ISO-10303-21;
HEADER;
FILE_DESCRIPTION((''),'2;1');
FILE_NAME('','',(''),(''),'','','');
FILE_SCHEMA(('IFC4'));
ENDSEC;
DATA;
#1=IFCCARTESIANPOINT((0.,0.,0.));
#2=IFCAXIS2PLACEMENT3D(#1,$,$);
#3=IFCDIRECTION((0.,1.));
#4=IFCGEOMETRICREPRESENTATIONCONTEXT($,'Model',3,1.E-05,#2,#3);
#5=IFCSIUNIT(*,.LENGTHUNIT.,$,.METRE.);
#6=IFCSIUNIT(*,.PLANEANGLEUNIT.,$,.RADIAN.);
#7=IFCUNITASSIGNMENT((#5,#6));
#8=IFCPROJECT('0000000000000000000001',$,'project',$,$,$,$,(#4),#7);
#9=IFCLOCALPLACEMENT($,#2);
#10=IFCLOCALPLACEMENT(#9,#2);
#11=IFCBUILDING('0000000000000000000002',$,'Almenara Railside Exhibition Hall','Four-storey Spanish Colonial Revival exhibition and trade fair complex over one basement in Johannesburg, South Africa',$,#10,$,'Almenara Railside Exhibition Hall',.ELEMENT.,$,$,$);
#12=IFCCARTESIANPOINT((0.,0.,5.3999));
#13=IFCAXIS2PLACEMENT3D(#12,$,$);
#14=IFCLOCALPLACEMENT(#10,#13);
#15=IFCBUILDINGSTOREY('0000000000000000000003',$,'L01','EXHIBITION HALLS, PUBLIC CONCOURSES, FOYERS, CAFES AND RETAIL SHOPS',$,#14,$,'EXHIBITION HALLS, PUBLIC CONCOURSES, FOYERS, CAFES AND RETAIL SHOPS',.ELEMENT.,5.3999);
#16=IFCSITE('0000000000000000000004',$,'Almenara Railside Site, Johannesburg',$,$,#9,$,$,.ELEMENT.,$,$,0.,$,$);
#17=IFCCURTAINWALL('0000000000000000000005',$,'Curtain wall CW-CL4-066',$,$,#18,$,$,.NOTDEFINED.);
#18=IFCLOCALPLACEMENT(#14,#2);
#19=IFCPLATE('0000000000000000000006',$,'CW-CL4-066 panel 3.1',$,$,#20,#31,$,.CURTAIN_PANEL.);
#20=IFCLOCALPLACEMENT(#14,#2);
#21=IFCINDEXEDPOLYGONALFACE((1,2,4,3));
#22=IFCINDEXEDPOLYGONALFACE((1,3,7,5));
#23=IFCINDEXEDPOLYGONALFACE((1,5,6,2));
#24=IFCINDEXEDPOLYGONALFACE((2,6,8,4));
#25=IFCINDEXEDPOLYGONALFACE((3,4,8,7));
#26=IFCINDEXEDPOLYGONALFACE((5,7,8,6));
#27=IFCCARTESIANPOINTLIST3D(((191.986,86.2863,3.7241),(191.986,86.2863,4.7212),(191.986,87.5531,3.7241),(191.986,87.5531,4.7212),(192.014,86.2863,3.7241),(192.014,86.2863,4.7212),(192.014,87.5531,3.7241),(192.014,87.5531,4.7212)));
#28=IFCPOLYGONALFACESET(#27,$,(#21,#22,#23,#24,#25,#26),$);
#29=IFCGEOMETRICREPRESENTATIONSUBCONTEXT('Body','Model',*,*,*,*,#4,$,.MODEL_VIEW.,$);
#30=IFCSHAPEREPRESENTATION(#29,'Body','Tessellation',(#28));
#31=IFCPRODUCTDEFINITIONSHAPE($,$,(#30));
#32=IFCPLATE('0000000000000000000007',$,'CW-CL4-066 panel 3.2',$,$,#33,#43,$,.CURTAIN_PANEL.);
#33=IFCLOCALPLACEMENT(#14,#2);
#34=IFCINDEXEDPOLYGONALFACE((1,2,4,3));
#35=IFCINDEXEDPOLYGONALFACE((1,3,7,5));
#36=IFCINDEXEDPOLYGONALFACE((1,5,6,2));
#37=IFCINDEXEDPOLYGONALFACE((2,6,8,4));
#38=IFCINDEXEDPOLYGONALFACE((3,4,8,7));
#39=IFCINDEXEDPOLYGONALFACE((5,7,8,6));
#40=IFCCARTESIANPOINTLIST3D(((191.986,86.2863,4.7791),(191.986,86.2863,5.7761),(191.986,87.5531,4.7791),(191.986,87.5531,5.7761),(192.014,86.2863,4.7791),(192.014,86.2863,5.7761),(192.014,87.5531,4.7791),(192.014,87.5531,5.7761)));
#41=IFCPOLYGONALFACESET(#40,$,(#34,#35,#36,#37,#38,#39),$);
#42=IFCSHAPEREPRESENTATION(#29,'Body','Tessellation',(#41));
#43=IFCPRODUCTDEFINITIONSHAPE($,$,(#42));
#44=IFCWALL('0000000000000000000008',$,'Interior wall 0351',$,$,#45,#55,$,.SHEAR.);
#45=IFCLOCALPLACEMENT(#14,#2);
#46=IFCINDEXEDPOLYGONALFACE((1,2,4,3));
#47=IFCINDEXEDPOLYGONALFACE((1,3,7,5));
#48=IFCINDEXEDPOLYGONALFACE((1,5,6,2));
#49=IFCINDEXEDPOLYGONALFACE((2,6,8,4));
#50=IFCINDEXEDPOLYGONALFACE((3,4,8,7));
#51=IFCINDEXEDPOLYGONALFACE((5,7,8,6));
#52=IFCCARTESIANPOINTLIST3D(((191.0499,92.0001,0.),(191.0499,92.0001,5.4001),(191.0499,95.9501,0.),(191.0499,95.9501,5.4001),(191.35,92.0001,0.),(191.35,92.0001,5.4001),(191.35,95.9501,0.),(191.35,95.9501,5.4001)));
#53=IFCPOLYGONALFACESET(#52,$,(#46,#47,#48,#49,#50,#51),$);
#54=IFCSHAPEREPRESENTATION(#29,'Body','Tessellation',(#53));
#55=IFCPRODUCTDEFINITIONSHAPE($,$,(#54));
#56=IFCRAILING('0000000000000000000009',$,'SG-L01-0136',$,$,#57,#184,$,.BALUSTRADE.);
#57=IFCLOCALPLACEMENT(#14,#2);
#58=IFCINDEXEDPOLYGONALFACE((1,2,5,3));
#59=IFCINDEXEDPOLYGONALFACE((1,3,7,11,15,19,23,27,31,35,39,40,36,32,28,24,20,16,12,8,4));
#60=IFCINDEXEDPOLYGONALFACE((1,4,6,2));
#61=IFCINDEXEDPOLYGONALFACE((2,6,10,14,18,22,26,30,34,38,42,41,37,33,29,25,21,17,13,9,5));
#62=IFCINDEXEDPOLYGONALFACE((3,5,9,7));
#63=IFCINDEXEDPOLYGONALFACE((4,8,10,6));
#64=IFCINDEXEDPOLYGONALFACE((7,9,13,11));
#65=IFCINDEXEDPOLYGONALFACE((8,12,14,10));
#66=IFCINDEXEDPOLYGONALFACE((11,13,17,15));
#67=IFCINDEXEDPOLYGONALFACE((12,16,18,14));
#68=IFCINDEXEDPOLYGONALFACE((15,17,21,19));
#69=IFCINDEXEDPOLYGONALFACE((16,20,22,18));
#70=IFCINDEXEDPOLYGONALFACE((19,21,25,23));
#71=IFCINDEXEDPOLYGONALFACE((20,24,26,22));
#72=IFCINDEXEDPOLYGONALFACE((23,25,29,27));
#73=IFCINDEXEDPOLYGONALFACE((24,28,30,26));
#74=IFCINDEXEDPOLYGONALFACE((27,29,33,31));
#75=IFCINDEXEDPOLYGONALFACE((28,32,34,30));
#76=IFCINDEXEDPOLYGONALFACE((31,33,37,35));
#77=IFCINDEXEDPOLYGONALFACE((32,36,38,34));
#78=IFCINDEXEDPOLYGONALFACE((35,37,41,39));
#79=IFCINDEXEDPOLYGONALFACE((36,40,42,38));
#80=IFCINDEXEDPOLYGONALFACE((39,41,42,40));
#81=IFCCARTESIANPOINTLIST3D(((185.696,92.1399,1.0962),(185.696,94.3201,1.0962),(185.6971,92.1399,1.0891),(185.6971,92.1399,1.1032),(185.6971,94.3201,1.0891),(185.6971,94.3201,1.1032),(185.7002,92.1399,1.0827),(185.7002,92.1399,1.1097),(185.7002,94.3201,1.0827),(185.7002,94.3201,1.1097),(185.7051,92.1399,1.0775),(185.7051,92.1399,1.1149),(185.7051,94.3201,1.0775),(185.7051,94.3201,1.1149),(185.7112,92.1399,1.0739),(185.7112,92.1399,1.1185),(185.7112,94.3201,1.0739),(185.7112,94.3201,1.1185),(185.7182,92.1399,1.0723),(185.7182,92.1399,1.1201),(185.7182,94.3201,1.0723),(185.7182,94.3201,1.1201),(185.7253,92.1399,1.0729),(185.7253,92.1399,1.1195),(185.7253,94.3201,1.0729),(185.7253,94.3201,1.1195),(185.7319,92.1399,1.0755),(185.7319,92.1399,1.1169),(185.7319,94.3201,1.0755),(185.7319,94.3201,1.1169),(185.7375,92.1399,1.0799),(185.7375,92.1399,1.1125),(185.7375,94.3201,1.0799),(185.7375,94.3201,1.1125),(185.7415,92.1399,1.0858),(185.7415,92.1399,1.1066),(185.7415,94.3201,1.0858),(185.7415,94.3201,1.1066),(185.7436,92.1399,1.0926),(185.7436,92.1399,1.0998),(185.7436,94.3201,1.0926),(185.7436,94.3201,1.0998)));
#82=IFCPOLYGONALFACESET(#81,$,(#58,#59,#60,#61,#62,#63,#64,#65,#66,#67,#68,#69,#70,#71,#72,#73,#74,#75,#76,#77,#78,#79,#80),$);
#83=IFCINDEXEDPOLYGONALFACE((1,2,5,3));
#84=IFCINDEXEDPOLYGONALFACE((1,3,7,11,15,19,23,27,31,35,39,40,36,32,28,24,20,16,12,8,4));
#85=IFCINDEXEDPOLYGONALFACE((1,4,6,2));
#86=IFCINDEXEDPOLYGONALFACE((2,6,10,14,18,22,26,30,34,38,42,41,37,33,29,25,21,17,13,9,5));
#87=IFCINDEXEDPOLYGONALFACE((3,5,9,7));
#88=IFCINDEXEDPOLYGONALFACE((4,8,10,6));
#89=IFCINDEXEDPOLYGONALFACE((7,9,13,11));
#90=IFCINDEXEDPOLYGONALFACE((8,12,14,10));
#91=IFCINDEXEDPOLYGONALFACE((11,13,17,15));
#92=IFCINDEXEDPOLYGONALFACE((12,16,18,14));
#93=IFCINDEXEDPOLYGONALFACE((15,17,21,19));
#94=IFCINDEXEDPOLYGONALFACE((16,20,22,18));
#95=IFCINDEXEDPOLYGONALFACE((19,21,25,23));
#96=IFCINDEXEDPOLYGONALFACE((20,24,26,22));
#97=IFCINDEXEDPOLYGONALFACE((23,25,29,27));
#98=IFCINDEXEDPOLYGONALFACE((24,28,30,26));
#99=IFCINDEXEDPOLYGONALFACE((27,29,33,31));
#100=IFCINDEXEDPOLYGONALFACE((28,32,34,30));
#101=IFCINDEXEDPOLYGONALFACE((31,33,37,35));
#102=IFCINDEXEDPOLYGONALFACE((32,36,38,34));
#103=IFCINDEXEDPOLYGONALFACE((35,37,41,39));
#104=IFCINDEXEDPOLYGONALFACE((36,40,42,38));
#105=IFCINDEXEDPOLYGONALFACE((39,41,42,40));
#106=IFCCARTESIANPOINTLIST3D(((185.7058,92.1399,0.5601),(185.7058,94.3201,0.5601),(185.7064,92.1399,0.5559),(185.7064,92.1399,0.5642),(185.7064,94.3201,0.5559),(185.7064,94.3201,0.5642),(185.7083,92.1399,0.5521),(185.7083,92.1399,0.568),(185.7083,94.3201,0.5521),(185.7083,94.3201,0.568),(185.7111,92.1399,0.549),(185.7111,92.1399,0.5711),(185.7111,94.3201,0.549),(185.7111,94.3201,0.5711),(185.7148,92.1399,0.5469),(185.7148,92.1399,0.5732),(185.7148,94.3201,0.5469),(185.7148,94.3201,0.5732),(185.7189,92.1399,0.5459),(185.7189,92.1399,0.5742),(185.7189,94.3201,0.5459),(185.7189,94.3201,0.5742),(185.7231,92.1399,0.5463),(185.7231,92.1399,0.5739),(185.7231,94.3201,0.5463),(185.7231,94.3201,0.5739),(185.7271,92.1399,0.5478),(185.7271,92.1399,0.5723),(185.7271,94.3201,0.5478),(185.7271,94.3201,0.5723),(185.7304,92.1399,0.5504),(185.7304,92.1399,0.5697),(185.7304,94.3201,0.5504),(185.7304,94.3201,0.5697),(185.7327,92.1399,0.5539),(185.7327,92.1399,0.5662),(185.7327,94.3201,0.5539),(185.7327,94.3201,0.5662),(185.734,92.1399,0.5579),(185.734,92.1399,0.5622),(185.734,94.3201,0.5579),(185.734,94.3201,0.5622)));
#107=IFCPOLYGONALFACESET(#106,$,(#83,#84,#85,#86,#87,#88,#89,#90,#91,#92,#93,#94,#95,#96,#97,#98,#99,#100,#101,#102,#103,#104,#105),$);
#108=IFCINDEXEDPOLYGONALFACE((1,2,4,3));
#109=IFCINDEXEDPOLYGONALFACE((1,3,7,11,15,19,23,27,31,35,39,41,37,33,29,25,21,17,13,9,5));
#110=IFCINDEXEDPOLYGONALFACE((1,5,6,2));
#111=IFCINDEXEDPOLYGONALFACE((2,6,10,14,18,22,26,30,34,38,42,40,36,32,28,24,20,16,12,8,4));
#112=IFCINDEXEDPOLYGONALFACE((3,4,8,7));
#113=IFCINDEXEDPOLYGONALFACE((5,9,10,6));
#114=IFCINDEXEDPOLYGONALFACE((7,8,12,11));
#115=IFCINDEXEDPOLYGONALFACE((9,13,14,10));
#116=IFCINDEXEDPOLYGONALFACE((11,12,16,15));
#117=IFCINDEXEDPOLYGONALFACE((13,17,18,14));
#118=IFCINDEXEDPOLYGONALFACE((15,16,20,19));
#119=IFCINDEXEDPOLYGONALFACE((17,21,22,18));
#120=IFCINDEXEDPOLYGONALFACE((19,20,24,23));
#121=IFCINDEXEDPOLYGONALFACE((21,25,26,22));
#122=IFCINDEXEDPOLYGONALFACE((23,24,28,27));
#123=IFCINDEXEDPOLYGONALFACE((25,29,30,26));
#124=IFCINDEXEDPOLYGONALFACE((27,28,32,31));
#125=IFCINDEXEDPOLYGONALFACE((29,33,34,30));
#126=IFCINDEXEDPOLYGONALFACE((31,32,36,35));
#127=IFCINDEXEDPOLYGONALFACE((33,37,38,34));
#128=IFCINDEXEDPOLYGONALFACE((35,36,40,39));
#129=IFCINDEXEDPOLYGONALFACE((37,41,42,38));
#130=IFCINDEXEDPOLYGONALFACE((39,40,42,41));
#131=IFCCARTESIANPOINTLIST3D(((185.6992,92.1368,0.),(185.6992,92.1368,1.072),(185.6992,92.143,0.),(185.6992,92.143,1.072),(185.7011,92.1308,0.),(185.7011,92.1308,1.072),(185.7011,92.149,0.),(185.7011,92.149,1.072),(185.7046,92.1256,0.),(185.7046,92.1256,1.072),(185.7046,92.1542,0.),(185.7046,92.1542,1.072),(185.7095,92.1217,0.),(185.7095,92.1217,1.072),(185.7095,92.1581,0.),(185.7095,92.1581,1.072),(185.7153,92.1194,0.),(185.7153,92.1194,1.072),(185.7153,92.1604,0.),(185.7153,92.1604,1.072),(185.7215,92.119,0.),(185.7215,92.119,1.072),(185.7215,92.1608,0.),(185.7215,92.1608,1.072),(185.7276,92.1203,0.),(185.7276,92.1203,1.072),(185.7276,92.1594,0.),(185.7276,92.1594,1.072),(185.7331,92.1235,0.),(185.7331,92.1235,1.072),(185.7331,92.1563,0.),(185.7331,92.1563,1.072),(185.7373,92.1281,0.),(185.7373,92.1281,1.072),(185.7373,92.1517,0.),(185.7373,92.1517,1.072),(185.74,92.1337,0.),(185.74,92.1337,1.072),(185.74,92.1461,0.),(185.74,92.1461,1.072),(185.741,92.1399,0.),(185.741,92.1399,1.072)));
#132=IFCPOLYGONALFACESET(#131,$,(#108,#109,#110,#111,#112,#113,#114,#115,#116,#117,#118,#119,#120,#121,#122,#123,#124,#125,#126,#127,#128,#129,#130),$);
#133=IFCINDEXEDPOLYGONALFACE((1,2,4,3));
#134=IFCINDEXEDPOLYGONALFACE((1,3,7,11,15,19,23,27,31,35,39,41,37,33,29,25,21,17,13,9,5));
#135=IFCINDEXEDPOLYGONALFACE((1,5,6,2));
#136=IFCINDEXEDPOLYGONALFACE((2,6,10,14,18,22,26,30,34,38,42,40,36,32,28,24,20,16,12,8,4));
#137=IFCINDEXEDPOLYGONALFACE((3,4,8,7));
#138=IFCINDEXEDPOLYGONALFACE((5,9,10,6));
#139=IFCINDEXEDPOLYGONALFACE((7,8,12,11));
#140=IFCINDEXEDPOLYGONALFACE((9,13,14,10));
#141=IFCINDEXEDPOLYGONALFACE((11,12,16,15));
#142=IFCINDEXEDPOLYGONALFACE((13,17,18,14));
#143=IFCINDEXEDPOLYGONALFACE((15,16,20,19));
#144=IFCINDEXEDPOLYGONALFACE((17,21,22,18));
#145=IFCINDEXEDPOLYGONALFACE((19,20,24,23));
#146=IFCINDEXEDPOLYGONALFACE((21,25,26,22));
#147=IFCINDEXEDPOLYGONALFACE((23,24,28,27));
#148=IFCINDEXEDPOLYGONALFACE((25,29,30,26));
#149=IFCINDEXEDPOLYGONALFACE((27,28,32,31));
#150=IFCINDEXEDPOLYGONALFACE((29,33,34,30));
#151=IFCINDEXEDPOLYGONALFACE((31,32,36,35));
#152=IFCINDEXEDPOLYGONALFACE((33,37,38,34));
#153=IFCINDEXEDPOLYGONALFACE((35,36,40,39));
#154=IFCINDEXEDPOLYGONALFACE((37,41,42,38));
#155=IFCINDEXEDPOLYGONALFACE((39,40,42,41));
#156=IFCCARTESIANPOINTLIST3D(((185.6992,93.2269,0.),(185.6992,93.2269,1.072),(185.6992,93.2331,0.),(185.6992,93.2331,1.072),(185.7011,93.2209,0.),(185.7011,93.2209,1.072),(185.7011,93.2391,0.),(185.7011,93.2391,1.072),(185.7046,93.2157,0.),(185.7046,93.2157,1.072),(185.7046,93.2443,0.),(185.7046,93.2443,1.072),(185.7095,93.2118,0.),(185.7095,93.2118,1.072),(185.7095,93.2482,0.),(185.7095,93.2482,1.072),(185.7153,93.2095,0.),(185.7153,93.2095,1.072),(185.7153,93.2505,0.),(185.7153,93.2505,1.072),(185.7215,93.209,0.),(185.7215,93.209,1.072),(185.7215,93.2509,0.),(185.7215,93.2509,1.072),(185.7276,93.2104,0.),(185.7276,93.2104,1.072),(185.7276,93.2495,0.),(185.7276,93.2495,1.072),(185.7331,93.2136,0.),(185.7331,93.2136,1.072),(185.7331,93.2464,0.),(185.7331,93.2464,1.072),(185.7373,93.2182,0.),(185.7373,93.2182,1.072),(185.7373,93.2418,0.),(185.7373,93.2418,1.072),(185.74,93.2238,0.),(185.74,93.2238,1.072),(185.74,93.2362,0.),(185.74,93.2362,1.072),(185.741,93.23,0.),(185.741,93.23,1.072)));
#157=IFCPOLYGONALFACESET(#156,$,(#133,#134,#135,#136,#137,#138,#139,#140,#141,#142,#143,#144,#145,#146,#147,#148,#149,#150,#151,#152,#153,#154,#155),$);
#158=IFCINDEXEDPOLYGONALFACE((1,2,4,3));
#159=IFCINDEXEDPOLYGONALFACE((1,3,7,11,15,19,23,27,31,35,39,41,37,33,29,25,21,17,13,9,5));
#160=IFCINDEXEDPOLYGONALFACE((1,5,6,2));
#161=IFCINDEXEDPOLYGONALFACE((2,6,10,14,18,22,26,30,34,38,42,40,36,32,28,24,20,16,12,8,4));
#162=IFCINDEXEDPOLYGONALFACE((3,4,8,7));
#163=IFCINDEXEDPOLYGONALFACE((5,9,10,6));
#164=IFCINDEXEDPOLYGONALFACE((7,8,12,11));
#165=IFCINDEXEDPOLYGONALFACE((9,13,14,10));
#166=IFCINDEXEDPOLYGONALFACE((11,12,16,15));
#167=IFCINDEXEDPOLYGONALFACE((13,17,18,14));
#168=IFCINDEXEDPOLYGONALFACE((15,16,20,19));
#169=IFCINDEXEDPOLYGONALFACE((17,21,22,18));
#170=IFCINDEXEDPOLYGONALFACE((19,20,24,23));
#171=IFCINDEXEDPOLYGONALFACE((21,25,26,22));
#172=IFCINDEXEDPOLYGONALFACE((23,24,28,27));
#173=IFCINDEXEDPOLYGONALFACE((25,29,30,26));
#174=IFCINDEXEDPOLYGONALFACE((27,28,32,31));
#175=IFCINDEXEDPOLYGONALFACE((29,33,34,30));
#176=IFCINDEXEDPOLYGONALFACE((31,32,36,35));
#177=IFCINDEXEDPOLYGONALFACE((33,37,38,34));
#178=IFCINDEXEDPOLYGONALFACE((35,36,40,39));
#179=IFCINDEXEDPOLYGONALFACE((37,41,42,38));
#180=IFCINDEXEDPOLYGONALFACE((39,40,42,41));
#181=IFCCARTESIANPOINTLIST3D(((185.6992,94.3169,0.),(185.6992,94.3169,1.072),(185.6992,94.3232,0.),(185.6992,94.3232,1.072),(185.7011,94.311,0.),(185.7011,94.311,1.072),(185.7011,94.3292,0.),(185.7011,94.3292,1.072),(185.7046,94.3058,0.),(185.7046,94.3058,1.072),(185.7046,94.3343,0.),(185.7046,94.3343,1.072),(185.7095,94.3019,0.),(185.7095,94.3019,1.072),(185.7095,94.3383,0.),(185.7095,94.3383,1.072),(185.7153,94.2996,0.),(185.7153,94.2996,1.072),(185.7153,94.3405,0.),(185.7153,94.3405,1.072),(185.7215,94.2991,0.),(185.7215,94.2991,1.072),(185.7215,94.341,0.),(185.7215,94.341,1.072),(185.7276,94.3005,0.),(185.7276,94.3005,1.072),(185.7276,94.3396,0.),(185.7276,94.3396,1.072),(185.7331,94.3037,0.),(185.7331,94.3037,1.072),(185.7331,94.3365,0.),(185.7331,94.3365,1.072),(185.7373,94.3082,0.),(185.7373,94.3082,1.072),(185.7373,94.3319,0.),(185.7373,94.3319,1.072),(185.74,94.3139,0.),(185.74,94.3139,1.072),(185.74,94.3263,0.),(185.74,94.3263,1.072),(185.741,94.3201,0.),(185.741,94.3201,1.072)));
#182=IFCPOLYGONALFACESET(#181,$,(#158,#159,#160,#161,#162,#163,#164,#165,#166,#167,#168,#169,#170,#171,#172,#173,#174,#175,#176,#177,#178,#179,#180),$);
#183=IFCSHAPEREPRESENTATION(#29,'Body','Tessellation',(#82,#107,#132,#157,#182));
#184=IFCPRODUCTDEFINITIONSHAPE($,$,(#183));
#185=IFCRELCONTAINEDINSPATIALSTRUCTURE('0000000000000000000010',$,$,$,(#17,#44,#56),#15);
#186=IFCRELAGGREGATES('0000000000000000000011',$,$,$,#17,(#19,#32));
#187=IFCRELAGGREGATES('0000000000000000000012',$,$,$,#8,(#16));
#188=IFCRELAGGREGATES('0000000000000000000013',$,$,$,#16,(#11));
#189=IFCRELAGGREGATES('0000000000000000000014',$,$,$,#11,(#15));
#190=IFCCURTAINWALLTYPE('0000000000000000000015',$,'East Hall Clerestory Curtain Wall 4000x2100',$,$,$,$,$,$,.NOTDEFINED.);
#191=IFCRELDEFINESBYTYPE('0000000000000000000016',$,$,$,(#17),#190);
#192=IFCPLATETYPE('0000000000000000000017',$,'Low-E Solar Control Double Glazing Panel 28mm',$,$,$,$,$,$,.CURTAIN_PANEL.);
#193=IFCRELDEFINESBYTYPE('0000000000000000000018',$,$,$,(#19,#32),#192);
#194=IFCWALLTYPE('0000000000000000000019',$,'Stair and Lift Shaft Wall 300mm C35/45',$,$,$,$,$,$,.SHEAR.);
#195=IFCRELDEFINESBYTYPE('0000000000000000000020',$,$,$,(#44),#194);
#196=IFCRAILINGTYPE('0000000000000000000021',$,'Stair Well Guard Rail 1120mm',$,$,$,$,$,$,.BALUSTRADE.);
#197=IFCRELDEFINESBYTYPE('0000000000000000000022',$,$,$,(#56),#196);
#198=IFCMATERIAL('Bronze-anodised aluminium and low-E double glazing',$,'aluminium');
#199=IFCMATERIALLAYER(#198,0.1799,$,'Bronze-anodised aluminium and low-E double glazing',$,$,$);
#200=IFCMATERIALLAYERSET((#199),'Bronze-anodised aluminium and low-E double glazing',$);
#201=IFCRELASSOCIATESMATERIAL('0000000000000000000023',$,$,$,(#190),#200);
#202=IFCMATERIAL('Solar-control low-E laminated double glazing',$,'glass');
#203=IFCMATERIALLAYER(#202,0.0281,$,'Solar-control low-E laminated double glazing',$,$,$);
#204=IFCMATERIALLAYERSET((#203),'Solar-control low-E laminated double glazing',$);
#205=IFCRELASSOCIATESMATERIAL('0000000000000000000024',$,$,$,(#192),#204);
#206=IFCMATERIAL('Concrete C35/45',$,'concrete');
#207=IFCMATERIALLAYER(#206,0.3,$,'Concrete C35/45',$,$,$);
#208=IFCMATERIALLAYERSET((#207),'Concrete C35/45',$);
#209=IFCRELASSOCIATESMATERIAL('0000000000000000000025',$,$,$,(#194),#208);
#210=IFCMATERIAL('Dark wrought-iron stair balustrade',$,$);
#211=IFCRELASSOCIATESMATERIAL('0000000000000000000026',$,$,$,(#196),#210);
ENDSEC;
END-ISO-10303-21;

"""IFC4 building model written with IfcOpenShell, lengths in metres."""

from ifc_helpers import new_model, si_unit, direction, frame, frame_2d, origin, origin_2d, place, context, subcontext, project, spatial, rectangle, circle, extrude, material, layer, layer_set, type_object, element, aggregate, save


model = new_model("IFC4")

# Units and contexts
model_context = context("Model", 3, precision=1e-05, world=origin(), true_north=direction((0.0, 1.0)))
body_context = subcontext(model_context, "Body", "Model", "MODEL_VIEW")
ifc_project = project(units=[si_unit("LENGTHUNIT", "METRE"), si_unit("PLANEANGLEUNIT", "RADIAN")], contexts=[model_context])

# Site, building, storey
site_placement = place(None, origin())
site = spatial("IfcSite", under=ifc_project, at=site_placement, Name="Almenara Railside Site, Johannesburg", CompositionType="ELEMENT", RefElevation=0.0)
building_placement = place(site_placement, origin())
building = spatial("IfcBuilding", under=site, at=building_placement, Name="Almenara Railside Exhibition Hall", Description="Four-storey Spanish Colonial Revival exhibition and trade fair complex over one basement in Johannesburg, South Africa", LongName="Almenara Railside Exhibition Hall", CompositionType="ELEMENT")
storey_placement = place(building_placement, frame((0.0, 0.0, 5.3999)))
storey = spatial("IfcBuildingStorey", under=building, at=storey_placement, Name="L01", Description="EXHIBITION HALLS, PUBLIC CONCOURSES, FOYERS, CAFES AND RETAIL SHOPS", LongName="EXHIBITION HALLS, PUBLIC CONCOURSES, FOYERS, CAFES AND RETAIL SHOPS", CompositionType="ELEMENT", Elevation=5.3999)

# Curtain wall, plates
ifc_material_1 = material(Name="Bronze-anodised aluminium and low-E double glazing", Category="aluminium")
ifc_layer_1 = layer(ifc_material_1, 0.1799, Name="Bronze-anodised aluminium and low-E double glazing")
ifc_layer_set_1 = layer_set([ifc_layer_1], Name="Bronze-anodised aluminium and low-E double glazing")
curtain_wall_type = type_object("IfcCurtainWallType", Name="East Hall Clerestory Curtain Wall 4000x2100", PredefinedType="NOTDEFINED", material=ifc_layer_set_1)
curtain_wall_placement = place(storey_placement, origin())
curtain_wall = element("IfcCurtainWall", 1, at=curtain_wall_placement, inside=storey, type_object=curtain_wall_type, Name="Curtain wall CW-CL4-066", PredefinedType="NOTDEFINED")
ifc_material_2 = material(Name="Solar-control low-E laminated double glazing", Category="glass")
ifc_layer_2 = layer(ifc_material_2, 0.0281, Name="Solar-control low-E laminated double glazing")
ifc_layer_set_2 = layer_set([ifc_layer_2], Name="Solar-control low-E laminated double glazing")
plate_type = type_object("IfcPlateType", Name="Low-E Solar Control Double Glazing Panel 28mm", PredefinedType="CURTAIN_PANEL", material=ifc_layer_set_2)
plate_1_placement = place(storey_placement, frame((192.0, 86.9197, 3.7241), z_axis=(0.0, 0.0, 1.0), x_axis=(0.0, 1.0, 0.0)))
plate_1 = element("IfcPlate", 2, at=plate_1_placement, type_object=plate_type, Name="CW-CL4-066 panel 3.1", PredefinedType="CURTAIN_PANEL", context=body_context, shape_type="SweptSolid", body=[
    extrude(rectangle(XDim=1.2668, YDim=0.0281, at=origin_2d()), origin(), (0.0, 0.0, 1.0), 0.9971),
])
plate_2_placement = place(storey_placement, frame((192.0, 86.9197, 4.7791), z_axis=(0.0, 0.0, 1.0), x_axis=(0.0, 1.0, 0.0)))
plate_2 = element("IfcPlate", 3, at=plate_2_placement, type_object=plate_type, Name="CW-CL4-066 panel 3.2", PredefinedType="CURTAIN_PANEL", context=body_context, shape_type="SweptSolid", body=[
    extrude(rectangle(XDim=1.2668, YDim=0.0281, at=origin_2d()), origin(), (0.0, 0.0, 1.0), 0.9971),
])
aggregate(curtain_wall, [plate_1, plate_2])

# Shared definitions
ifc_material_3 = material(Name="Concrete C35/45", Category="concrete")
ifc_layer_3 = layer(ifc_material_3, 0.3, Name="Concrete C35/45")
ifc_layer_set_3 = layer_set([ifc_layer_3], Name="Concrete C35/45")
wall_type = type_object("IfcWallType", Name="Stair and Lift Shaft Wall 300mm C35/45", PredefinedType="SHEAR", material=ifc_layer_set_3)

# Wall
wall_1_placement = place(storey_placement, frame((191.2, 92.0, 0.0), z_axis=(0.0, 0.0, 1.0), x_axis=(0.0, 1.0, 0.0)))
element("IfcWall", 4, at=wall_1_placement, inside=storey, type_object=wall_type, Name="Interior wall 0351", PredefinedType="SHEAR", context=body_context, shape_type="SweptSolid", body=[
    extrude(rectangle(XDim=3.95, YDim=0.3, at=frame_2d((1.9751, 0.0))), origin(), (0.0, 0.0, 1.0), 5.4001),
])

# Railing
ifc_material_4 = material(Name="Dark wrought-iron stair balustrade")
railing_type = type_object("IfcRailingType", Name="Stair Well Guard Rail 1120mm", PredefinedType="BALUSTRADE", material=ifc_material_4)
railing_placement = place(storey_placement, frame((185.72, 92.1399, 0.0)))
element("IfcRailing", 5, at=railing_placement, inside=storey, type_object=railing_type, Name="SG-L01-0136", PredefinedType="BALUSTRADE", context=body_context, shape_type="SweptSolid", body=[
    extrude(circle(Radius=0.0239, at=origin_2d()), frame((0.0, 0.0, 1.0962), z_axis=(0.0, 1.0, 0.0), x_axis=(-1.0, 0.0, 0.0)), (0.0, 0.0, 1.0), 2.1802),
    extrude(circle(Radius=0.0142, at=origin_2d()), frame((0.0, 0.0, 0.5601), z_axis=(0.0, 1.0, 0.0), x_axis=(-1.0, 0.0, 0.0)), (0.0, 0.0, 1.0), 2.1802),
    extrude(circle(Radius=0.021, at=origin_2d()), origin(), (0.0, 0.0, 1.0), 1.072),
    extrude(circle(Radius=0.021, at=origin_2d()), frame((0.0, 1.0901, 0.0)), (0.0, 0.0, 1.0), 1.072),
    extrude(circle(Radius=0.021, at=origin_2d()), frame((0.0, 2.1802, 0.0)), (0.0, 0.0, 1.0), 1.072),
])

save(model, "model.ifc")
